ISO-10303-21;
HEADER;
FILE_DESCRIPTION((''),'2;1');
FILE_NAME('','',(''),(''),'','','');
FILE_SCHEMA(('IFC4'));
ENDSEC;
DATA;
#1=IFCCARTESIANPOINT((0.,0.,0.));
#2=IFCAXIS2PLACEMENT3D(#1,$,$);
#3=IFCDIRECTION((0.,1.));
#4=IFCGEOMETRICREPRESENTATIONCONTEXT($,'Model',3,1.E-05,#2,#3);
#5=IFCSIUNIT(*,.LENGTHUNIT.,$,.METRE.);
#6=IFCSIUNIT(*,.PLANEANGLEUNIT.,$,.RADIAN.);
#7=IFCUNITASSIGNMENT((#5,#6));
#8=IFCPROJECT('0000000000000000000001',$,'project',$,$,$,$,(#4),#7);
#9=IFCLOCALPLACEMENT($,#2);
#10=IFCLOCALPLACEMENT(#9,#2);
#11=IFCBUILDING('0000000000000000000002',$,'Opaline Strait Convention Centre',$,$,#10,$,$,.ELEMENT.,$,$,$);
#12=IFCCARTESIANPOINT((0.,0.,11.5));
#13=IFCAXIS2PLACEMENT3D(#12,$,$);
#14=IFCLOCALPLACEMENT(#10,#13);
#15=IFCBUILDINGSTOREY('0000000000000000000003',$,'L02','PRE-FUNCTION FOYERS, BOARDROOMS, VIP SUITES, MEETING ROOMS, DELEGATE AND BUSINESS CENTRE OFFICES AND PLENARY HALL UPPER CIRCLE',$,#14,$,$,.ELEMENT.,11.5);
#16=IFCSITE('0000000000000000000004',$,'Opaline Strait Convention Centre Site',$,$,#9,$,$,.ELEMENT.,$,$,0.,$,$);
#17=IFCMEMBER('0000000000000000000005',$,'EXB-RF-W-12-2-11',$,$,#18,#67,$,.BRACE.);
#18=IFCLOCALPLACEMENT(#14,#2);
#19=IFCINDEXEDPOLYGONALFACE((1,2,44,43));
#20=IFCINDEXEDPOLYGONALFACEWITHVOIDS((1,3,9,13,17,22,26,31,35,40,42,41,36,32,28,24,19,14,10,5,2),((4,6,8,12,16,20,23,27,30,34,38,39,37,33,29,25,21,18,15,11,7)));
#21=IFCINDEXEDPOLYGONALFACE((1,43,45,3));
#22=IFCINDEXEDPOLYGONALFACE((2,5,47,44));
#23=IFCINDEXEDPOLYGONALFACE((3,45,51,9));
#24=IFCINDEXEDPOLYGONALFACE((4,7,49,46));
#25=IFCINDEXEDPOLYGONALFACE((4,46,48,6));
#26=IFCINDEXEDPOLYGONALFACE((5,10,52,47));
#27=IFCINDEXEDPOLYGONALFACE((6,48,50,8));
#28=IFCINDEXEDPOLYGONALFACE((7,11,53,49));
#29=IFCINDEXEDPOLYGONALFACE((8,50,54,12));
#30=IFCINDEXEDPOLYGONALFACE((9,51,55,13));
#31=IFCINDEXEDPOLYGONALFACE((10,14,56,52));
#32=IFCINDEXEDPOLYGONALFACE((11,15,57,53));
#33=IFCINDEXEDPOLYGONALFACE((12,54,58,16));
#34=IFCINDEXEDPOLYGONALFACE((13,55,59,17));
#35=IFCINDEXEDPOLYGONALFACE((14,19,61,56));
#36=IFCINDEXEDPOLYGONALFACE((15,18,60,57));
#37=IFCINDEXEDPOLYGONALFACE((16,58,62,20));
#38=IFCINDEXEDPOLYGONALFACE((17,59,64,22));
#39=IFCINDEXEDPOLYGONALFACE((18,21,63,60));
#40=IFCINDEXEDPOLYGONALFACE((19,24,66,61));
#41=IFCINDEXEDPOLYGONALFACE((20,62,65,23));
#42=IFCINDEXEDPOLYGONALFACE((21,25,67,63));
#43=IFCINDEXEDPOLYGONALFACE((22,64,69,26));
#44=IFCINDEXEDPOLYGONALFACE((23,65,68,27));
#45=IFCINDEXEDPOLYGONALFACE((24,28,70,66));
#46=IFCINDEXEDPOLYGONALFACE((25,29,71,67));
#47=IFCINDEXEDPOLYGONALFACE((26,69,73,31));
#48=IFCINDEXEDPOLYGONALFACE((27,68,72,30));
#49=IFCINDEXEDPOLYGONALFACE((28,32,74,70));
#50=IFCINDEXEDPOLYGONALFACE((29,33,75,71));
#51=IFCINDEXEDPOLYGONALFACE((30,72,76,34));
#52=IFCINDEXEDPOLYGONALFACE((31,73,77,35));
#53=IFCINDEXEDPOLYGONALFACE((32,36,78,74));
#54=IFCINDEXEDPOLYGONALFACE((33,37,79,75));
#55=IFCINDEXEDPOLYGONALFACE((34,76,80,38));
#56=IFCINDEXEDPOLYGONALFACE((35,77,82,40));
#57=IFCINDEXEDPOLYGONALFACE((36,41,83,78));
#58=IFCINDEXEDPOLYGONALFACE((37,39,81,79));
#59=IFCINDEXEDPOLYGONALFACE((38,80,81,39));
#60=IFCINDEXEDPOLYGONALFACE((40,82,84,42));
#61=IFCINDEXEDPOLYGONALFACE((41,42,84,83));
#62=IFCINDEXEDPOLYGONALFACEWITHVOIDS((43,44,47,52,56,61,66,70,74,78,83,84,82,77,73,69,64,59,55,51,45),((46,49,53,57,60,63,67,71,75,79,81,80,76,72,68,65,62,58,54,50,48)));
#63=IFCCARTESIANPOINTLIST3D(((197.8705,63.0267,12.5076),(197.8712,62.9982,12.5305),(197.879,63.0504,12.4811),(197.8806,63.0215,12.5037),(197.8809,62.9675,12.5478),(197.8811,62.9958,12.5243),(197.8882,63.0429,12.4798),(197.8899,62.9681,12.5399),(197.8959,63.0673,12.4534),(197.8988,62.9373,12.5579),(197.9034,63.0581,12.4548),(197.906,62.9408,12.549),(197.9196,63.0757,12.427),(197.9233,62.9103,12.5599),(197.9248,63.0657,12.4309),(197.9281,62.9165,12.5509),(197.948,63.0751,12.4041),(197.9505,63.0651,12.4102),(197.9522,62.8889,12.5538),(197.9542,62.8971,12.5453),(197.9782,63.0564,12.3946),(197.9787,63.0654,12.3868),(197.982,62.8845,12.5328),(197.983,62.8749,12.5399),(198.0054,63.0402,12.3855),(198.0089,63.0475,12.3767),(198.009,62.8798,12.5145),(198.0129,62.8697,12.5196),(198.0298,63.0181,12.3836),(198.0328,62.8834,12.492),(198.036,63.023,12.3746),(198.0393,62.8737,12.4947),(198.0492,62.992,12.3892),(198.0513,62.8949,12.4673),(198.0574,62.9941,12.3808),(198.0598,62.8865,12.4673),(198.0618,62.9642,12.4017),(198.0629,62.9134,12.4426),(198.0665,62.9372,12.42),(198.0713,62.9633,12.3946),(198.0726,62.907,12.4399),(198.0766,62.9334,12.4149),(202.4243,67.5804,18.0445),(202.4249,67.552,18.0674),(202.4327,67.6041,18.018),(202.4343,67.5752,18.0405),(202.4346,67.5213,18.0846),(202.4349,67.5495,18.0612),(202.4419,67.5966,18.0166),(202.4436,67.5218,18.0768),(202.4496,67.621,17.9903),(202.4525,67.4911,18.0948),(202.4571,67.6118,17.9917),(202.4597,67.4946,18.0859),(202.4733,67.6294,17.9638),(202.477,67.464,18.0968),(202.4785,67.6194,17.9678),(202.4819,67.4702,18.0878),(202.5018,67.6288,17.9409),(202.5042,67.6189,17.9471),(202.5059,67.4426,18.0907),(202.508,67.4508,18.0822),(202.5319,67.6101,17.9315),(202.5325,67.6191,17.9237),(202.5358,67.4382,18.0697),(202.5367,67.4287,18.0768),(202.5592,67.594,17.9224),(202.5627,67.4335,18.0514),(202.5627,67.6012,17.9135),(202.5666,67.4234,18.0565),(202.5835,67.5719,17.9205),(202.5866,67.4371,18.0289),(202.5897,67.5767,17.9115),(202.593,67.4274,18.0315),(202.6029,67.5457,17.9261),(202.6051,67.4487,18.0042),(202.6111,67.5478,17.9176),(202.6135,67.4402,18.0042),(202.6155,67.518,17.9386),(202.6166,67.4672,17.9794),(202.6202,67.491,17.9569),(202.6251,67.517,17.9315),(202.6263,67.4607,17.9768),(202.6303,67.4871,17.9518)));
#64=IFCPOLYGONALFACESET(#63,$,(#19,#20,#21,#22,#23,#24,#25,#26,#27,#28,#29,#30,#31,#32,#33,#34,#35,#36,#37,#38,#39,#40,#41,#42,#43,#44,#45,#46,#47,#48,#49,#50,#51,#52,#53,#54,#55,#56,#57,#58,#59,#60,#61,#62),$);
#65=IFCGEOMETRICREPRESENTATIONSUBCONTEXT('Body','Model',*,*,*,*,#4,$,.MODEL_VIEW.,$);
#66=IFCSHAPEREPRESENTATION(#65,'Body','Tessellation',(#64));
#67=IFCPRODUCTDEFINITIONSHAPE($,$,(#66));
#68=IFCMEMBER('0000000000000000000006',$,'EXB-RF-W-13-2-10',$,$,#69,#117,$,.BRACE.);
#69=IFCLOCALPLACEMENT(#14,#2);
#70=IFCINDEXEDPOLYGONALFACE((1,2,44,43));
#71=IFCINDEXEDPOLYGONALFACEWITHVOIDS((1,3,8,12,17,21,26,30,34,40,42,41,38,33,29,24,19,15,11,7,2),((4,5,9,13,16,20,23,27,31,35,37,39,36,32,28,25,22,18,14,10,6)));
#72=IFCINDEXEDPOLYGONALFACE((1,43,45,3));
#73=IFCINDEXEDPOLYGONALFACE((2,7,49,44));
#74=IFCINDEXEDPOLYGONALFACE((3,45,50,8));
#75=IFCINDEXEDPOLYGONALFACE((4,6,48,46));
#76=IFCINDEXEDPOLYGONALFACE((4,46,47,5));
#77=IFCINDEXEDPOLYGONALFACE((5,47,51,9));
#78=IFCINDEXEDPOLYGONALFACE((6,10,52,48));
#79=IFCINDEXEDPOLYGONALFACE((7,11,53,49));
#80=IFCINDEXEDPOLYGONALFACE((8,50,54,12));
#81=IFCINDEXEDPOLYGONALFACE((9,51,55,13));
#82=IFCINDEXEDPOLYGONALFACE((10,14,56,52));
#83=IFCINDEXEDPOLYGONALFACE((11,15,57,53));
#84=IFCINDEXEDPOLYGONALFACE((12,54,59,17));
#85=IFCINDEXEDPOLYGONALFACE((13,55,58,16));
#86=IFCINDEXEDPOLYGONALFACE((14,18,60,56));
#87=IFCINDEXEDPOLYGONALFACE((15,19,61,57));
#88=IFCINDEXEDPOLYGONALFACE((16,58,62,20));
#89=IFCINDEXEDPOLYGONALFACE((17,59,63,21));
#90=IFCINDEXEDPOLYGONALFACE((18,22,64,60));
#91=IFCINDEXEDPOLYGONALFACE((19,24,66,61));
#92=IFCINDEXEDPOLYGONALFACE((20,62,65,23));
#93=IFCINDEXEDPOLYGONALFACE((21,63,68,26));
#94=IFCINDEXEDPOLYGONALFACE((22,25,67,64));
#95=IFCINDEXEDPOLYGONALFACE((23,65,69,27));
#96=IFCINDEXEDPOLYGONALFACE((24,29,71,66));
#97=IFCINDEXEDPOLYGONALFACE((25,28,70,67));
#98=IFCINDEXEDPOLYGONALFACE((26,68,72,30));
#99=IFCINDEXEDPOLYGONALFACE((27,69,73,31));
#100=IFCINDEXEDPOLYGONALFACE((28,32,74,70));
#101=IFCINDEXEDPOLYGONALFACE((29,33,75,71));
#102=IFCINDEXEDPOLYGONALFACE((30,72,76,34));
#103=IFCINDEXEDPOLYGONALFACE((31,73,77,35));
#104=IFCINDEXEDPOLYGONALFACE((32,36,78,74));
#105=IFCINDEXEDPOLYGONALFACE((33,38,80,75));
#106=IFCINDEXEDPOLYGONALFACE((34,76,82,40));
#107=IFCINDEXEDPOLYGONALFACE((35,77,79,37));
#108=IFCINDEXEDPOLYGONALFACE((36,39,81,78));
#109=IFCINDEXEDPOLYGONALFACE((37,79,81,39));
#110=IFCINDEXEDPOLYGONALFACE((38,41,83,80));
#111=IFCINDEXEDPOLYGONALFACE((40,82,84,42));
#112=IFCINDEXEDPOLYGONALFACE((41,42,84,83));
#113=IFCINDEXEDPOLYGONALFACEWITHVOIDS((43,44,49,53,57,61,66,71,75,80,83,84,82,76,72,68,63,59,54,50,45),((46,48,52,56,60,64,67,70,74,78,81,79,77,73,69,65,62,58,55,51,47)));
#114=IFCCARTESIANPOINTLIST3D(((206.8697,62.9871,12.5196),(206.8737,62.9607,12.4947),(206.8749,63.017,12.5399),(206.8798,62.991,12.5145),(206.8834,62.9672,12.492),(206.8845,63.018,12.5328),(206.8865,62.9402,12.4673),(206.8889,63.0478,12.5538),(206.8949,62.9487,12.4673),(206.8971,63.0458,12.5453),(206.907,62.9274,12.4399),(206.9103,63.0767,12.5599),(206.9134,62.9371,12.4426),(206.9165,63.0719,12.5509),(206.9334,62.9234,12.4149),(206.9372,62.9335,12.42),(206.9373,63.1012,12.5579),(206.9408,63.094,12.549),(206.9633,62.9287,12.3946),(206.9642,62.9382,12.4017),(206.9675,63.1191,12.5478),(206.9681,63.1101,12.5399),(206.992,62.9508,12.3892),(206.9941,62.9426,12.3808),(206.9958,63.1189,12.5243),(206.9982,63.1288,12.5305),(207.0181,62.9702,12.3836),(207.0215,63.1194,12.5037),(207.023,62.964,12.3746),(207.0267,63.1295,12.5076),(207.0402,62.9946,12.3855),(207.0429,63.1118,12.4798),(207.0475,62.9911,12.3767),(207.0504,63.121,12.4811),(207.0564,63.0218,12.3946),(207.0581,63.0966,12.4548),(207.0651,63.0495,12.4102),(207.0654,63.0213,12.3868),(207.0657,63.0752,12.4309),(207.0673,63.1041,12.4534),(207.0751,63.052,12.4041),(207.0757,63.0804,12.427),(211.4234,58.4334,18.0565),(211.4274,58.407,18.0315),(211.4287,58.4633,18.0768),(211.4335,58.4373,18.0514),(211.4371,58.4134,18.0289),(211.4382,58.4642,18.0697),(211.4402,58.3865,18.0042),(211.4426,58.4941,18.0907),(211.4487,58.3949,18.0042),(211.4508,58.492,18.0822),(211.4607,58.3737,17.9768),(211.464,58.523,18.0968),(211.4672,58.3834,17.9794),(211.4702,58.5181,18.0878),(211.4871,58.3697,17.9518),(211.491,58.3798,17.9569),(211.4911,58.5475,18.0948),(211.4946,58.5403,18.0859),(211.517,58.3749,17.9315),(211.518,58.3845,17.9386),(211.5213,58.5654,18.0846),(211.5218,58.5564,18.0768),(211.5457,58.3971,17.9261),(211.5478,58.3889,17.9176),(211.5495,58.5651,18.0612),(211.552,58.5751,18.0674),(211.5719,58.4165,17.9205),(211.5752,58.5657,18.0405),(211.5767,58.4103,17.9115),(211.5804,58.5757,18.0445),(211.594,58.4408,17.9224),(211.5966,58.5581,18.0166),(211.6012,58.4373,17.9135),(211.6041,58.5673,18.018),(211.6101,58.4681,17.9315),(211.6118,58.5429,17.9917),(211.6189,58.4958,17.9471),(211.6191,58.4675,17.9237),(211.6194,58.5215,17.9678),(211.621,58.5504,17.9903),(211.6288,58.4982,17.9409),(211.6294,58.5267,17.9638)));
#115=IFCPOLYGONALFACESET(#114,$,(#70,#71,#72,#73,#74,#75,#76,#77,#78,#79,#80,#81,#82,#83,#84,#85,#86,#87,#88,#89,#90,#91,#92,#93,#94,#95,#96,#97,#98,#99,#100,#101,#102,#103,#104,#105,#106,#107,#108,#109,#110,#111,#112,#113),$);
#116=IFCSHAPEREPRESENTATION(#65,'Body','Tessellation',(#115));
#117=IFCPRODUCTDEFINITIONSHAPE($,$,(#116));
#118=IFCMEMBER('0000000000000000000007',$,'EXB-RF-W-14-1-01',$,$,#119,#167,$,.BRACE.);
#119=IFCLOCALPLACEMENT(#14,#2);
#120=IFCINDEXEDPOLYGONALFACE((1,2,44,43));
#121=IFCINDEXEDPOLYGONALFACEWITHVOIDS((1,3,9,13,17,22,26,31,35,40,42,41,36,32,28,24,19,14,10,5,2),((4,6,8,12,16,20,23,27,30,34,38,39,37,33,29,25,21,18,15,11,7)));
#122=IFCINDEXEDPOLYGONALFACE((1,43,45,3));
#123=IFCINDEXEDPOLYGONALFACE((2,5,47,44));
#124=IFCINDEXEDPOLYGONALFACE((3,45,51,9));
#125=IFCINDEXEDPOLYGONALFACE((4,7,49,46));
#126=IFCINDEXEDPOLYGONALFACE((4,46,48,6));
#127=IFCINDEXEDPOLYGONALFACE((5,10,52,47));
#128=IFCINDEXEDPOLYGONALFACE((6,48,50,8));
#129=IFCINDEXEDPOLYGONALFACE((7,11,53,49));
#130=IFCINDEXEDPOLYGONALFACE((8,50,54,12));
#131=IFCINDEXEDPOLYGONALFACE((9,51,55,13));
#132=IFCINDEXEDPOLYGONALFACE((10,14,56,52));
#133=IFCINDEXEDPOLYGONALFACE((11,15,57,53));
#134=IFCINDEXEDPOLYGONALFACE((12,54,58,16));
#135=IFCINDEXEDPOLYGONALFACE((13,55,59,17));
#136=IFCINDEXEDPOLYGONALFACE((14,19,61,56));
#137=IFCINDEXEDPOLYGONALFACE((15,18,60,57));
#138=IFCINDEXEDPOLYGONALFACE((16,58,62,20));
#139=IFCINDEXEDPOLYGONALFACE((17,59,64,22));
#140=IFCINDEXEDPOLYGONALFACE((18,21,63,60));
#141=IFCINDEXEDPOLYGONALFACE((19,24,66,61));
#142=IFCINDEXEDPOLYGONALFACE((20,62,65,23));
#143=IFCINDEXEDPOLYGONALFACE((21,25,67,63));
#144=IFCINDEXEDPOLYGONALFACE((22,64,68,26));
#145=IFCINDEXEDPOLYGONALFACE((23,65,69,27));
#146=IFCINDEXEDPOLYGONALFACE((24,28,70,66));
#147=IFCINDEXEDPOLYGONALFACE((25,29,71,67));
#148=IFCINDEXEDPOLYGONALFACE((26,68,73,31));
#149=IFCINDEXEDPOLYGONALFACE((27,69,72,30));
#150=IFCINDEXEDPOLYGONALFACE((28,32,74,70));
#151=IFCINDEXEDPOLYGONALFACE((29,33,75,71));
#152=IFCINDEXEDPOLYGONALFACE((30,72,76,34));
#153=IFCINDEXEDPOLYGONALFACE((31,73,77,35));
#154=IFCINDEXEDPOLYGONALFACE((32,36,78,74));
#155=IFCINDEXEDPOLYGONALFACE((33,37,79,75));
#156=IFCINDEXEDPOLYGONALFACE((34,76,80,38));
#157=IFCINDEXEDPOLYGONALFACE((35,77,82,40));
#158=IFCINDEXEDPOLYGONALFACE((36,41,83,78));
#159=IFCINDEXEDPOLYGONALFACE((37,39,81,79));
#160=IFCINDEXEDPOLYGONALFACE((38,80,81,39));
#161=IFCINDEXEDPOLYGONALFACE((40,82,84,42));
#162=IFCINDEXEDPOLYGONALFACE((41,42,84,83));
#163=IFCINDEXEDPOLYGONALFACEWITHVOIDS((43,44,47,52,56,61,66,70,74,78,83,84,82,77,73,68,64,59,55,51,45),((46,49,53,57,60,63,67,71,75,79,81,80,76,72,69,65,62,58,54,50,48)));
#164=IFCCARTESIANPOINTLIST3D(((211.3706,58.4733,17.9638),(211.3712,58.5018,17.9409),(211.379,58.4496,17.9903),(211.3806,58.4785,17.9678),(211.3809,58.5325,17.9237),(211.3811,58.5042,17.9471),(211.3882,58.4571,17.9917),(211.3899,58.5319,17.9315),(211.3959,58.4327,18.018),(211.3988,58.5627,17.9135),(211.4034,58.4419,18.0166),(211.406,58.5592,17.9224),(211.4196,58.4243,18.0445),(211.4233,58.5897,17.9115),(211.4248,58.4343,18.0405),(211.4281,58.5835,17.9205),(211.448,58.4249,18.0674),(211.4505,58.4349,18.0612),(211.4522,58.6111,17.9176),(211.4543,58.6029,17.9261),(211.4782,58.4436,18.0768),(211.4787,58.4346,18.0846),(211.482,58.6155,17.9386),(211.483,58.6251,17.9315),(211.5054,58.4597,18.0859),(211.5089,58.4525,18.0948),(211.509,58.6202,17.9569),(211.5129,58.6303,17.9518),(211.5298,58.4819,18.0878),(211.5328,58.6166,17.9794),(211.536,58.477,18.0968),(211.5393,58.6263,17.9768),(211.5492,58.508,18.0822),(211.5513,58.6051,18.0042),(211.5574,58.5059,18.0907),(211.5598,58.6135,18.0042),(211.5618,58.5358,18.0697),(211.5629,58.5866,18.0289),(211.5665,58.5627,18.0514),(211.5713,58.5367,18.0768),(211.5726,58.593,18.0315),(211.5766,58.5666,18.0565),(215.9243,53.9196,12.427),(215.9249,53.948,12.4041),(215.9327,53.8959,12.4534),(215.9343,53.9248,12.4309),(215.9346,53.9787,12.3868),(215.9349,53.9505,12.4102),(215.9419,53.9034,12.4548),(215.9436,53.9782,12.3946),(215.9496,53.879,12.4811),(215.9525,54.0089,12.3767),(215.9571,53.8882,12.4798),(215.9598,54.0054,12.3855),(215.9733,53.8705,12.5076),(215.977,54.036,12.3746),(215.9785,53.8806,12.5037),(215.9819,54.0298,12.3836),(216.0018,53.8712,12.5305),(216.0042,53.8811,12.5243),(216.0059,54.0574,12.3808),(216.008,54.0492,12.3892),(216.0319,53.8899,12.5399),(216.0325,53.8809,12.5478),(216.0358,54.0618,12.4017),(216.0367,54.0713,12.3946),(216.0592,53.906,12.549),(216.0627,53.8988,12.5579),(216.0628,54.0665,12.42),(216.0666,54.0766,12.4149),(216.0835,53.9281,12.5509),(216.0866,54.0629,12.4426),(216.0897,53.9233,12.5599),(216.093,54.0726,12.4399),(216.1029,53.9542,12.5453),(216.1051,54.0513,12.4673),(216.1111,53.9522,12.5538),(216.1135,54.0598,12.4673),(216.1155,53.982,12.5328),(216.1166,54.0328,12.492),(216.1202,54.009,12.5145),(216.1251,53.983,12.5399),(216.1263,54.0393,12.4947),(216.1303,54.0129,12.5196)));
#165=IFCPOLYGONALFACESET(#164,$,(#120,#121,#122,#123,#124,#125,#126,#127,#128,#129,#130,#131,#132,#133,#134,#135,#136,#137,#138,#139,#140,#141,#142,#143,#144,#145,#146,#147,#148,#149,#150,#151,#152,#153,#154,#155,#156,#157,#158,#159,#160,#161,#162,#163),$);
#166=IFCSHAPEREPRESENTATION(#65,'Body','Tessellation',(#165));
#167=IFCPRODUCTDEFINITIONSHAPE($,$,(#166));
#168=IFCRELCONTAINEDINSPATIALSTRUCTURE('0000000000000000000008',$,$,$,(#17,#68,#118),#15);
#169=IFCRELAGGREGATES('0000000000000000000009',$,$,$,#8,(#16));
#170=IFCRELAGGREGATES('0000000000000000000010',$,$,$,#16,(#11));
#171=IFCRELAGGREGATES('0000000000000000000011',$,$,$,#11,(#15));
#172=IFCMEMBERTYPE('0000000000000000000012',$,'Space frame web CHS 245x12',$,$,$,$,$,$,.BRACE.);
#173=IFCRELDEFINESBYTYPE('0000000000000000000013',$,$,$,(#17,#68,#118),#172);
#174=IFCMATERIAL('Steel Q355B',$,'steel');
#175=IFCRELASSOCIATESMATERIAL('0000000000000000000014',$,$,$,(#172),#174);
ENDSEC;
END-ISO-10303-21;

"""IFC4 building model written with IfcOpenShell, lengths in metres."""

from ifc_helpers import new_model, si_unit, direction, frame, origin, origin_2d, place, context, subcontext, project, spatial, hollow_circle, extrude, material, material_profile, profile_set, type_object, element, save


model = new_model("IFC4")

# Units and contexts
model_context = context("Model", 3, precision=1e-05, world=origin(), true_north=direction((0.0, 1.0)))
body_context = subcontext(model_context, "Body", "Model", "MODEL_VIEW")
ifc_project = project(units=[si_unit("LENGTHUNIT", "METRE"), si_unit("PLANEANGLEUNIT", "RADIAN")], contexts=[model_context])

# Site, building, storey
site_placement = place(None, origin())
site = spatial("IfcSite", under=ifc_project, at=site_placement, Name="Opaline Strait Convention Centre Site", CompositionType="ELEMENT", RefElevation=0.0)
building_placement = place(site_placement, origin())
building = spatial("IfcBuilding", under=site, at=building_placement, Name="Opaline Strait Convention Centre", CompositionType="ELEMENT")
storey_placement = place(building_placement, frame((0.0, 0.0, 11.5)))
storey = spatial("IfcBuildingStorey", under=building, at=storey_placement, Name="L02", Description="PRE-FUNCTION FOYERS, BOARDROOMS, VIP SUITES, MEETING ROOMS, DELEGATE AND BUSINESS CENTRE OFFICES AND PLENARY HALL UPPER CIRCLE", CompositionType="ELEMENT", Elevation=11.5)

# Members
ifc_material = material(Name="Steel Q355B", Category="steel")
ifc_material_profile_1 = material_profile(ifc_material, hollow_circle(Radius=0.1226, WallThickness=0.012, at=origin_2d()), Name="CHS 245x12")
ifc_profile_set_1 = profile_set([ifc_material_profile_1], Name="Steel Q355B")
member_type_1 = type_object("IfcMemberType", Name="Space frame web CHS 245x12", PredefinedType="BRACE", material=ifc_profile_set_1)
for number, where, z_axis, x_axis, name in (
    (1, (202.5269, 67.5269, 18.0042), (-0.536178, -0.536178, -0.65194), (0.707107, -0.707107, 0.0), "EXB-RF-W-12-2-11"),
    (2, (211.5269, 58.4731, 18.0042), (-0.536178, 0.536178, -0.65194), (-0.707107, -0.707107, 0.0), "EXB-RF-W-13-2-10"),
    (3, (211.4731, 58.5269, 18.0042), (0.536178, -0.536178, -0.65194), (0.707107, 0.707107, 0.0), "EXB-RF-W-14-1-01"),
):
    element("IfcMember", number, at=place(storey_placement, frame(where, z_axis=z_axis, x_axis=x_axis)), inside=storey, type_object=member_type_1, Name=name, PredefinedType="BRACE", context=body_context, shape_type="SweptSolid", body=[
        extrude(hollow_circle(Radius=0.1226, WallThickness=0.012, at=origin_2d()), origin(), (0.0, 0.0, 1.0), 8.4929),
    ])

save(model, "model.ifc")
